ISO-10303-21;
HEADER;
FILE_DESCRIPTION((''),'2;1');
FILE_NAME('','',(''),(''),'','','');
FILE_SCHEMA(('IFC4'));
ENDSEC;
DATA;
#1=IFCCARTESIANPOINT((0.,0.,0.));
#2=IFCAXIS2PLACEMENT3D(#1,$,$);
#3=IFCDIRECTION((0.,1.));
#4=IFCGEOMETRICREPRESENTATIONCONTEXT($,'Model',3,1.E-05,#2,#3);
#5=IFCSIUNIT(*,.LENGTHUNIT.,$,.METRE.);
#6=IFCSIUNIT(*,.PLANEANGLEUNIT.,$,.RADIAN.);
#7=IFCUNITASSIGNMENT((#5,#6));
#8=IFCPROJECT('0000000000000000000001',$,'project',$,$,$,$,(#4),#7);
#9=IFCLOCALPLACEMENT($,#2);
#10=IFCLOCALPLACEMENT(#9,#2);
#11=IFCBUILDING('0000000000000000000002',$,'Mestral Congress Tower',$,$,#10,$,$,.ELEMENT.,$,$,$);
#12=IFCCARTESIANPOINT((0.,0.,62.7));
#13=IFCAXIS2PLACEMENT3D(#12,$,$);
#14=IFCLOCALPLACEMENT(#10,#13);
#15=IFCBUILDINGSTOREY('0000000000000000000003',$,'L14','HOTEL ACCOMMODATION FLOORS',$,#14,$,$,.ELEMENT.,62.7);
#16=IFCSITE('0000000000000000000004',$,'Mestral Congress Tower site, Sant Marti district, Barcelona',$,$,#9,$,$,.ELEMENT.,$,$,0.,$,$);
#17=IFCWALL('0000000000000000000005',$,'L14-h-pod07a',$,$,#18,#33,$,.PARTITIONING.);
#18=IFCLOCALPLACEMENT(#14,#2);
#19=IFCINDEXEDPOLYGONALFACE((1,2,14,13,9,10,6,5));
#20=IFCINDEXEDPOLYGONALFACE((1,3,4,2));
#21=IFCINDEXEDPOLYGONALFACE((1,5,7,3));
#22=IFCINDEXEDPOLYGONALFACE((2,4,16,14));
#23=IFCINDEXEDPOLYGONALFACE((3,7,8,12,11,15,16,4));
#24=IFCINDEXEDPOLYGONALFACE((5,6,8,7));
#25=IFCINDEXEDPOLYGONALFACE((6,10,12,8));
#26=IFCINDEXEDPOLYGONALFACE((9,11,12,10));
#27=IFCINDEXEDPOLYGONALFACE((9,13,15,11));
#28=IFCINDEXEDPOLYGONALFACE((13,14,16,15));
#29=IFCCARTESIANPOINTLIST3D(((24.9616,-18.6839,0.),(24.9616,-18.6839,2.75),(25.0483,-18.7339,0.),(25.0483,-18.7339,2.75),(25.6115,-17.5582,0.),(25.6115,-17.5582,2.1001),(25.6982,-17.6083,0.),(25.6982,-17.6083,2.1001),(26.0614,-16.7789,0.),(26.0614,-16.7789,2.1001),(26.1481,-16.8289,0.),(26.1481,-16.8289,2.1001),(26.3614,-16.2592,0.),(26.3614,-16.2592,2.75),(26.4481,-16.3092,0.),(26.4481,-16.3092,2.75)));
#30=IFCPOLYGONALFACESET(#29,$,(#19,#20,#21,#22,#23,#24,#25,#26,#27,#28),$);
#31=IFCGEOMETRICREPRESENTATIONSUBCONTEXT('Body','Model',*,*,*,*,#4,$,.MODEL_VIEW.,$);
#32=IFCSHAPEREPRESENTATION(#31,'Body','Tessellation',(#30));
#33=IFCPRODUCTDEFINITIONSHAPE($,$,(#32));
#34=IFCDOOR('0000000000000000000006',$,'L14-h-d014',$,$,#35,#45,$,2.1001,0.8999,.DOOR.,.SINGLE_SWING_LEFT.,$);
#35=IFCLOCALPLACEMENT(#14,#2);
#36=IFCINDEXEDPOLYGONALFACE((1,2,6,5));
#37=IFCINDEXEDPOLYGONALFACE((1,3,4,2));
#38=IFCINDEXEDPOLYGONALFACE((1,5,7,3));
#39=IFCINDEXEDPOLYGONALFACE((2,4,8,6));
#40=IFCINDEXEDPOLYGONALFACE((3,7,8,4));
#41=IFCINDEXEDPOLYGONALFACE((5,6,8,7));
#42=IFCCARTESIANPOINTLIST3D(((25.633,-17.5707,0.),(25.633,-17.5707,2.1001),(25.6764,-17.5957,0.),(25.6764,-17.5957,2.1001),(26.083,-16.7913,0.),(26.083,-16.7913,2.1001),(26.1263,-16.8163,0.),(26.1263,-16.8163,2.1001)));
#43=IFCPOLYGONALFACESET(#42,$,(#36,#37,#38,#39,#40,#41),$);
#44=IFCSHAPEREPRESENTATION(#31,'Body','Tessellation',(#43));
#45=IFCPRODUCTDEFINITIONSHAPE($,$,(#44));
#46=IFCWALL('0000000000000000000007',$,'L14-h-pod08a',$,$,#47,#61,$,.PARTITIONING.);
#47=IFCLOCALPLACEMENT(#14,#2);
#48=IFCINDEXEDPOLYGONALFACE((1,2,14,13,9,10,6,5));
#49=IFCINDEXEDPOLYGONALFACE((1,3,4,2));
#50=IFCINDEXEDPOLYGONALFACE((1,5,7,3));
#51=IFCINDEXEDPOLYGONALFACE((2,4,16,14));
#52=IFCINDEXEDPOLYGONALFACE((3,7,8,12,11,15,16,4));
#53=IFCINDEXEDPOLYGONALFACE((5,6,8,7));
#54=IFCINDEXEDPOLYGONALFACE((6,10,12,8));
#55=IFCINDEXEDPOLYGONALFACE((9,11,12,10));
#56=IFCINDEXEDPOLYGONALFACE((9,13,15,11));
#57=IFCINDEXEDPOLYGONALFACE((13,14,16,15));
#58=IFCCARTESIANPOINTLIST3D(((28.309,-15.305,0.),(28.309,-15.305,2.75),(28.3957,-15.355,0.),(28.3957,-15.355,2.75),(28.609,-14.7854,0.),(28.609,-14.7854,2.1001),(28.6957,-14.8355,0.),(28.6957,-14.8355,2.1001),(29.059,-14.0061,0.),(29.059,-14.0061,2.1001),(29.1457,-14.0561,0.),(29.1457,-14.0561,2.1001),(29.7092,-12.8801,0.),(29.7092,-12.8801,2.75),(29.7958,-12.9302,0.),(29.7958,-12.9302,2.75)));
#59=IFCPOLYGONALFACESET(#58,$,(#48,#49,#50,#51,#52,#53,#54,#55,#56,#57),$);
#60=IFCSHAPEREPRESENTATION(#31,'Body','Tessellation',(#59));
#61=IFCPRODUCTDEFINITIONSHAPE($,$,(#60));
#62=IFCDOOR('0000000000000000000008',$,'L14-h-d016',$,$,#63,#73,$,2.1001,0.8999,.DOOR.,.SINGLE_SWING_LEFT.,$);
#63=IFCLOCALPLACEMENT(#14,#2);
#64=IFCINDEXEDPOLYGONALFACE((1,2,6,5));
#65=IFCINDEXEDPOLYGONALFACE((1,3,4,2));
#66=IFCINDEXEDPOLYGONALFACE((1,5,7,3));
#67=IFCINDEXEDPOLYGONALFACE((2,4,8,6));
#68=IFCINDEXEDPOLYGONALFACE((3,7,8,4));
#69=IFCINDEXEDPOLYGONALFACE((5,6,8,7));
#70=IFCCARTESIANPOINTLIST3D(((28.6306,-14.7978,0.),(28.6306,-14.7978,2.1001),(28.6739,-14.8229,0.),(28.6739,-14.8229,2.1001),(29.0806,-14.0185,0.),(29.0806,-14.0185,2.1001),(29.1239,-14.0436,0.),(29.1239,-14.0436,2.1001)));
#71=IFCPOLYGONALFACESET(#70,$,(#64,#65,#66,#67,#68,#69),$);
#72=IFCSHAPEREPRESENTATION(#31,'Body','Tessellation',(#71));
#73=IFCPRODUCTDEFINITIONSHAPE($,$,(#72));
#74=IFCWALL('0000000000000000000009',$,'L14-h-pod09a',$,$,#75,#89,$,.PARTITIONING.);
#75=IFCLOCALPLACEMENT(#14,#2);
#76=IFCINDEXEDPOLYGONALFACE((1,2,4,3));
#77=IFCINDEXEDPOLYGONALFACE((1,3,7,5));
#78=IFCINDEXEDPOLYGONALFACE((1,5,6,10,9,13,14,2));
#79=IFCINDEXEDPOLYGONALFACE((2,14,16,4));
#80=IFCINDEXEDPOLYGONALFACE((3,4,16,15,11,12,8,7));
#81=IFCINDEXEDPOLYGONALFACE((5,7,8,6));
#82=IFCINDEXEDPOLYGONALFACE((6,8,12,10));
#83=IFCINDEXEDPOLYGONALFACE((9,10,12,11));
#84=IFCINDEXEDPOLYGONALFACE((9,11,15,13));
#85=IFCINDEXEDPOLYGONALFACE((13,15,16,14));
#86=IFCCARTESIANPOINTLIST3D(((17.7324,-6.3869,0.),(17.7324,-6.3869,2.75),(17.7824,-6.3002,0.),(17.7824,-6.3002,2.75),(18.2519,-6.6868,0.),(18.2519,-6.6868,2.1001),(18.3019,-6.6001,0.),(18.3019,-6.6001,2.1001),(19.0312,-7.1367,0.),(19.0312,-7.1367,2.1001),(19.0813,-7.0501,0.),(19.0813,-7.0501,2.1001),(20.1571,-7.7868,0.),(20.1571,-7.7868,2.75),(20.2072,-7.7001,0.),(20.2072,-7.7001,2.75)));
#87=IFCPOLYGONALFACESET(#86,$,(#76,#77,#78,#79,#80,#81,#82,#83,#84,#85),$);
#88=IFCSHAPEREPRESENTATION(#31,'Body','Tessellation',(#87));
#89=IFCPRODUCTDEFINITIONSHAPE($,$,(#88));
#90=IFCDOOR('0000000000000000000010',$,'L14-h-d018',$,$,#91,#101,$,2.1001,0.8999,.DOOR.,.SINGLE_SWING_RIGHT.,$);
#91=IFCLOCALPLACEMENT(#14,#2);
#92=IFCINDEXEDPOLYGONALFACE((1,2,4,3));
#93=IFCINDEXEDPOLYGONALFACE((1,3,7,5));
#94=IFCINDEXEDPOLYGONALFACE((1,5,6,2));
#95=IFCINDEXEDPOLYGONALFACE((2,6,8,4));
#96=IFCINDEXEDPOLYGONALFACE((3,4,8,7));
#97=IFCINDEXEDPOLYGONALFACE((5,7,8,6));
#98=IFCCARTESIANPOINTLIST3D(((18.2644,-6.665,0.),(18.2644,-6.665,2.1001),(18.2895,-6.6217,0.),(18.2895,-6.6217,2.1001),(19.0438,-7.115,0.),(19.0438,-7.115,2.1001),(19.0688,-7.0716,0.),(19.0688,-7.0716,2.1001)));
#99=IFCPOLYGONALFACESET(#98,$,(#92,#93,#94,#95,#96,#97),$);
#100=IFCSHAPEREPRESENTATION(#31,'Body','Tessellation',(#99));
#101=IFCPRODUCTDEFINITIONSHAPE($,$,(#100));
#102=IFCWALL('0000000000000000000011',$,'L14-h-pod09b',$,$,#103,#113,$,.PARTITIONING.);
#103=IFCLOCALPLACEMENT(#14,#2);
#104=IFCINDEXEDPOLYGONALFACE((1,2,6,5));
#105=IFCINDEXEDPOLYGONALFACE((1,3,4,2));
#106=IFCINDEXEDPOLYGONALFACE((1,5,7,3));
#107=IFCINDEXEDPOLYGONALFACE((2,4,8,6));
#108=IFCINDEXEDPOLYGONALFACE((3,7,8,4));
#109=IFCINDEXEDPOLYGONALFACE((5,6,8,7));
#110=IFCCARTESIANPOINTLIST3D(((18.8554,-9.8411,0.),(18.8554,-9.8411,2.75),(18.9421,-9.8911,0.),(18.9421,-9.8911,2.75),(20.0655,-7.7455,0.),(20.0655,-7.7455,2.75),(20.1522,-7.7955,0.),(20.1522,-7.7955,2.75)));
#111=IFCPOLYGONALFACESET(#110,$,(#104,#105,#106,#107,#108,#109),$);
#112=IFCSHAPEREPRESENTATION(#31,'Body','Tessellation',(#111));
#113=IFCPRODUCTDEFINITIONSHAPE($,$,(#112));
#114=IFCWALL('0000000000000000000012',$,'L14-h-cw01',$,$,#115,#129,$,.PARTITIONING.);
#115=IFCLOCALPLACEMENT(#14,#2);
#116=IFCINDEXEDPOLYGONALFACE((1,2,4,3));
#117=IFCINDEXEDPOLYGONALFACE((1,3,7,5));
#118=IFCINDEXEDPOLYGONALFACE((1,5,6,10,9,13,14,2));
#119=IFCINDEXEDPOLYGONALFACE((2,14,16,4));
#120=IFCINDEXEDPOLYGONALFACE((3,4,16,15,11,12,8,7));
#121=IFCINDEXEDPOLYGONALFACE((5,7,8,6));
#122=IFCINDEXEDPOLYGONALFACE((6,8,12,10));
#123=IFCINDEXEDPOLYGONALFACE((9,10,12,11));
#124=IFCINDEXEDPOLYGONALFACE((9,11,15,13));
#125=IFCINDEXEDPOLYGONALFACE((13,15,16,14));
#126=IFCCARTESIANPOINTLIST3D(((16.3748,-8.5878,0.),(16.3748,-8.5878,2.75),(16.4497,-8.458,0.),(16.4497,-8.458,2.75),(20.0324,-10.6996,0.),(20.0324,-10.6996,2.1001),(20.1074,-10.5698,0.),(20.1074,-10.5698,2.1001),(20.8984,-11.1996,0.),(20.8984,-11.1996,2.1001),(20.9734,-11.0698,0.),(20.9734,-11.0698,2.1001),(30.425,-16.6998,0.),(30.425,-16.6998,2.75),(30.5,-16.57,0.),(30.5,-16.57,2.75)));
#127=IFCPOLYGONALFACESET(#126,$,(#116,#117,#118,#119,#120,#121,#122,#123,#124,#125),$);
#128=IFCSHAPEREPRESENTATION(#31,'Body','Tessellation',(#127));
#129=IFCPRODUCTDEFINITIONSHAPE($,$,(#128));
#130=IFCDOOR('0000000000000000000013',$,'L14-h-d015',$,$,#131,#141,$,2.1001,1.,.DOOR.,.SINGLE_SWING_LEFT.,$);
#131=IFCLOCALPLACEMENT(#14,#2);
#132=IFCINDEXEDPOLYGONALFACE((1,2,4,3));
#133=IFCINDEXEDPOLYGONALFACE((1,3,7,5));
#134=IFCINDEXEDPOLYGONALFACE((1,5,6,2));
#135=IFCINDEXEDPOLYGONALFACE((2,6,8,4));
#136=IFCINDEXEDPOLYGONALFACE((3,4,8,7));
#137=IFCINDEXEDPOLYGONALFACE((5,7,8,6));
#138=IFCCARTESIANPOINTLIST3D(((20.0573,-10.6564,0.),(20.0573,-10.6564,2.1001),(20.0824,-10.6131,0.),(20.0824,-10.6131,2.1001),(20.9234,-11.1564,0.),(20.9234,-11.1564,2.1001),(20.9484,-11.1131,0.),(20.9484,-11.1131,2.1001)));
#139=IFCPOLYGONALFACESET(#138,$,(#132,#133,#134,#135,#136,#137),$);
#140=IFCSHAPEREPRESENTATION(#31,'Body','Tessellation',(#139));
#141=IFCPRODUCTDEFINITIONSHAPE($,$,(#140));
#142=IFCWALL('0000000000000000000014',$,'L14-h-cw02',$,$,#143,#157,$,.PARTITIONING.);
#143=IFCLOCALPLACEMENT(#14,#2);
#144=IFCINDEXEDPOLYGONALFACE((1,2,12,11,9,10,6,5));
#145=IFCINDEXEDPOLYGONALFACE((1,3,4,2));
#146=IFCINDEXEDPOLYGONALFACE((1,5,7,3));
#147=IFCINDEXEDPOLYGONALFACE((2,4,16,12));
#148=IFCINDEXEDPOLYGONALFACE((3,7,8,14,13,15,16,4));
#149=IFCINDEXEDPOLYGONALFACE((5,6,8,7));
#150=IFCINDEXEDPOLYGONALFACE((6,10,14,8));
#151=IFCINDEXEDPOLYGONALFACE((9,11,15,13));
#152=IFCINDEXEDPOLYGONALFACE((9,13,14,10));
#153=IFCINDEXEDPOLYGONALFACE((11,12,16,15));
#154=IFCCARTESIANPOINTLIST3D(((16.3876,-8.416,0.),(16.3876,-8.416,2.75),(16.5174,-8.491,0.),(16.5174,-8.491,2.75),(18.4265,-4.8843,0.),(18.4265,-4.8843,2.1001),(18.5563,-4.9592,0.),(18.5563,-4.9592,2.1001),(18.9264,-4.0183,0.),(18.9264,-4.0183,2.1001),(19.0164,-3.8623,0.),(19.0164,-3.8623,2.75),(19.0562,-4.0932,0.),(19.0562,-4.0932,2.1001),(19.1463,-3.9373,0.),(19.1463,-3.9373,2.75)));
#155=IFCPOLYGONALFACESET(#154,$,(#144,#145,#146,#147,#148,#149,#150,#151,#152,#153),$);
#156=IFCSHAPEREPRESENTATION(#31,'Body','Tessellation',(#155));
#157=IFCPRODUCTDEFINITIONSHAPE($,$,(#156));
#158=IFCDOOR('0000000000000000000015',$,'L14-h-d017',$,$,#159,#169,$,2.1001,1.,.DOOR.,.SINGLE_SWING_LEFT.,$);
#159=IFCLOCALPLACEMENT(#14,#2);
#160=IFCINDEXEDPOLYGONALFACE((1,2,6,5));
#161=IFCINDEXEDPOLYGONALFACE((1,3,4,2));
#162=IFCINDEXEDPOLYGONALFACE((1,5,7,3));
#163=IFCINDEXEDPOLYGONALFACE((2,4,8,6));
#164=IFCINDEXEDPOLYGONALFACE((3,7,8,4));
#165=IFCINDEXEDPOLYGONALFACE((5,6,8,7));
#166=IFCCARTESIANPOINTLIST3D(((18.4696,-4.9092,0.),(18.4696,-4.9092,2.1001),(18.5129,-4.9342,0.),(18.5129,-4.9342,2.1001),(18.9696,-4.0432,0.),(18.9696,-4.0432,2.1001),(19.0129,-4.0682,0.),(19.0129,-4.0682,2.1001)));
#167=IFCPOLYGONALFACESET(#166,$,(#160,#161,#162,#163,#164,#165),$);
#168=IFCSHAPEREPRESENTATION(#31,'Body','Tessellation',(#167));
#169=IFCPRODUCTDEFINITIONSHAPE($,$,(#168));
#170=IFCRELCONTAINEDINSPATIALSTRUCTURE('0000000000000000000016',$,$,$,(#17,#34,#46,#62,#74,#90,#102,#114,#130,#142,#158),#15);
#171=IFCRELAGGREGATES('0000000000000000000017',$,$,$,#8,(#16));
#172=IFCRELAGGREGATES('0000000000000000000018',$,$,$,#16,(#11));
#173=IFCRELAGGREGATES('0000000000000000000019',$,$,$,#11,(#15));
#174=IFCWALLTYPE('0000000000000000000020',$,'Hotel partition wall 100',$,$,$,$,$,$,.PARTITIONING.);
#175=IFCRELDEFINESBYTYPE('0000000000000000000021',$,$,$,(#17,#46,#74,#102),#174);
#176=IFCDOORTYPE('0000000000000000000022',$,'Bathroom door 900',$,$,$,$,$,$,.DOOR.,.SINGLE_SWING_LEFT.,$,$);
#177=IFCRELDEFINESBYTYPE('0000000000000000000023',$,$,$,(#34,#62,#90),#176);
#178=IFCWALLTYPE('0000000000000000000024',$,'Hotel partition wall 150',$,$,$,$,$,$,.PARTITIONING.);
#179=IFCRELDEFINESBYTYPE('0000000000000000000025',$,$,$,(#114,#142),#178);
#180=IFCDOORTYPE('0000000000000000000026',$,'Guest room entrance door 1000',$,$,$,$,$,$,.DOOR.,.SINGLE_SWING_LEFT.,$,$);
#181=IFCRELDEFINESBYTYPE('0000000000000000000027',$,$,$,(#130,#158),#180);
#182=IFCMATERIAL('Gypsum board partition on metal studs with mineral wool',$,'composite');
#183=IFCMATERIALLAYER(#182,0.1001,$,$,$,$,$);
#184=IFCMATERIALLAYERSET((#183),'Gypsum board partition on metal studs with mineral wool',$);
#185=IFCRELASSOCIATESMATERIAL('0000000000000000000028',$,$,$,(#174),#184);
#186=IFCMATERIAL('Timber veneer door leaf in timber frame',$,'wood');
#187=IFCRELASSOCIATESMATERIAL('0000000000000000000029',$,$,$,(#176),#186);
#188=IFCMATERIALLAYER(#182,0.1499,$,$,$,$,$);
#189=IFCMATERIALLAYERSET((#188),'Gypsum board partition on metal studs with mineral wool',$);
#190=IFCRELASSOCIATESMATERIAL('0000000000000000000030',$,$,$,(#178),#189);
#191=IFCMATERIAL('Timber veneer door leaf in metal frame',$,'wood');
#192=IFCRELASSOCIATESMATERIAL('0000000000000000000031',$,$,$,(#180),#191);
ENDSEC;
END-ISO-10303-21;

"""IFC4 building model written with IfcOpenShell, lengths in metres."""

from ifc_helpers import new_model, si_unit, direction, frame, frame_2d, origin, place, context, subcontext, project, spatial, rectangle, extrude, material, layer, layer_set, type_object, element, fill, save


model = new_model("IFC4")

# Units and contexts
model_context = context("Model", 3, precision=1e-05, world=origin(), true_north=direction((0.0, 1.0)))
body_context = subcontext(model_context, "Body", "Model", "MODEL_VIEW")
ifc_project = project(units=[si_unit("LENGTHUNIT", "METRE"), si_unit("PLANEANGLEUNIT", "RADIAN")], contexts=[model_context])

# Site, building, storey
site_placement = place(None, origin())
site = spatial("IfcSite", under=ifc_project, at=site_placement, Name="Mestral Congress Tower site, Sant Marti district, Barcelona", CompositionType="ELEMENT", RefElevation=0.0)
building_placement = place(site_placement, origin())
building = spatial("IfcBuilding", under=site, at=building_placement, Name="Mestral Congress Tower", CompositionType="ELEMENT")
storey_placement = place(building_placement, frame((0.0, 0.0, 62.7)))
storey = spatial("IfcBuildingStorey", under=building, at=storey_placement, Name="L14", Description="HOTEL ACCOMMODATION FLOORS", CompositionType="ELEMENT", Elevation=62.7)

# Shared definitions
ifc_material_1 = material(Name="Gypsum board partition on metal studs with mineral wool", Category="composite")
ifc_layer_1 = layer(ifc_material_1, 0.1001)
ifc_layer_set_1 = layer_set([ifc_layer_1], Name="Gypsum board partition on metal studs with mineral wool")
wall_type_1 = type_object("IfcWallType", Name="Hotel partition wall 100", PredefinedType="PARTITIONING", material=ifc_layer_set_1)
ifc_material_2 = material(Name="Timber veneer door leaf in timber frame", Category="wood")
door_type_1 = type_object("IfcDoorType", Name="Bathroom door 900", OperationType="SINGLE_SWING_LEFT", PredefinedType="DOOR", material=ifc_material_2)

# Walls, openings, doors
wall_1_placement = place(storey_placement, frame((26.4048, -16.2842, 0.0), z_axis=(0.0, 0.0, 1.0), x_axis=(-0.499984, -0.866035, 0.0)))
wall_1 = element("IfcWall", 1, at=wall_1_placement, inside=storey, type_object=wall_type_1, Name="L14-h-pod07a", PredefinedType="PARTITIONING", context=body_context, shape_type="SweptSolid", body=[
    extrude(rectangle(XDim=2.7998, YDim=0.1001, at=frame_2d((1.3999, 0.0))), origin(), (0.0, 0.0, 1.0), 2.75),
])
opening_1_placement = place(wall_1_placement, frame((0.6001, 0.0, 0.0)))
opening_1 = element("IfcOpeningElement", 2, at=opening_1_placement, cuts=wall_1, PredefinedType="OPENING", context=body_context, shape_type="SweptSolid", body=[
    extrude(rectangle(XDim=0.8999, YDim=2.1001, at=frame_2d((0.45, 1.05))), frame((0.0, 0.0601, 0.0), z_axis=(0.0, -1.0, 0.0), x_axis=(1.0, 0.0, 0.0)), (0.0, 0.0, 1.0), 0.1201),
])
door_1_placement = place(opening_1_placement, origin())
door_1 = element("IfcDoor", 3, at=door_1_placement, inside=storey, type_object=door_type_1, Name="L14-h-d014", OperationType="SINGLE_SWING_LEFT", OverallHeight=2.1001, OverallWidth=0.8999, PredefinedType="DOOR", context=body_context, shape_type="SweptSolid", body=[
    extrude(rectangle(XDim=0.8999, YDim=2.1001, at=frame_2d((0.45, 1.05))), frame((0.0, 0.0249, 0.0), z_axis=(0.0, -1.0, 0.0), x_axis=(1.0, 0.0, 0.0)), (0.0, 0.0, 1.0), 0.05),
])
fill(opening_1, door_1)
wall_2_placement = place(storey_placement, frame((29.7524, -12.9053, 0.0), z_axis=(0.0, 0.0, 1.0), x_axis=(-0.50005, -0.865997, 0.0)))
wall_2 = element("IfcWall", 4, at=wall_2_placement, inside=storey, type_object=wall_type_1, Name="L14-h-pod08a", PredefinedType="PARTITIONING", context=body_context, shape_type="SweptSolid", body=[
    extrude(rectangle(XDim=2.8, YDim=0.1001, at=frame_2d((1.3999, 0.0))), origin(), (0.0, 0.0, 1.0), 2.75),
])
opening_2_placement = place(wall_2_placement, frame((1.3, 0.0, 0.0)))
opening_2 = element("IfcOpeningElement", 5, at=opening_2_placement, cuts=wall_2, PredefinedType="OPENING", context=body_context, shape_type="SweptSolid", body=[
    extrude(rectangle(XDim=0.8999, YDim=2.1001, at=frame_2d((0.45, 1.05))), frame((0.0, 0.0601, 0.0), z_axis=(0.0, -1.0, 0.0), x_axis=(1.0, 0.0, 0.0)), (0.0, 0.0, 1.0), 0.1201),
])
door_2_placement = place(opening_2_placement, origin())
door_2 = element("IfcDoor", 6, at=door_2_placement, inside=storey, type_object=door_type_1, Name="L14-h-d016", OperationType="SINGLE_SWING_LEFT", OverallHeight=2.1001, OverallWidth=0.8999, PredefinedType="DOOR", context=body_context, shape_type="SweptSolid", body=[
    extrude(rectangle(XDim=0.8999, YDim=2.1001, at=frame_2d((0.45, 1.05))), frame((0.0, 0.0249, 0.0), z_axis=(0.0, -1.0, 0.0), x_axis=(1.0, 0.0, 0.0)), (0.0, 0.0, 1.0), 0.05),
])
fill(opening_2, door_2)
wall_3_placement = place(storey_placement, frame((20.1821, -7.7434, 0.0), z_axis=(0.0, 0.0, 1.0), x_axis=(-0.866035, 0.499984, 0.0)))
wall_3 = element("IfcWall", 7, at=wall_3_placement, inside=storey, type_object=wall_type_1, Name="L14-h-pod09a", PredefinedType="PARTITIONING", context=body_context, shape_type="SweptSolid", body=[
    extrude(rectangle(XDim=2.7998, YDim=0.1001, at=frame_2d((1.3999, 0.0))), origin(), (0.0, 0.0, 1.0), 2.75),
])
opening_3_placement = place(wall_3_placement, frame((1.3, 0.0, 0.0)))
opening_3 = element("IfcOpeningElement", 8, at=opening_3_placement, cuts=wall_3, PredefinedType="OPENING", context=body_context, shape_type="SweptSolid", body=[
    extrude(rectangle(XDim=0.8999, YDim=2.1001, at=frame_2d((0.45, 1.05))), frame((0.0, 0.0601, 0.0), z_axis=(0.0, -1.0, 0.0), x_axis=(1.0, 0.0, 0.0)), (0.0, 0.0, 1.0), 0.1201),
])
door_3_placement = place(opening_3_placement, origin())
door_3 = element("IfcDoor", 9, at=door_3_placement, inside=storey, type_object=door_type_1, Name="L14-h-d018", OperationType="SINGLE_SWING_RIGHT", OverallHeight=2.1001, OverallWidth=0.8999, PredefinedType="DOOR", context=body_context, shape_type="SweptSolid", body=[
    extrude(rectangle(XDim=0.8999, YDim=2.1001, at=frame_2d((0.45, 1.05))), frame((0.0, 0.0249, 0.0), z_axis=(0.0, -1.0, 0.0), x_axis=(1.0, 0.0, 0.0)), (0.0, 0.0, 1.0), 0.05),
])
fill(opening_3, door_3)

# Wall
wall_4_placement = place(storey_placement, frame((20.1089, -7.7705, 0.0), z_axis=(0.0, 0.0, 1.0), x_axis=(-0.500078, -0.865981, 0.0)))
element("IfcWall", 10, at=wall_4_placement, inside=storey, type_object=wall_type_1, Name="L14-h-pod09b", PredefinedType="PARTITIONING", context=body_context, shape_type="SweptSolid", body=[
    extrude(rectangle(XDim=2.4199, YDim=0.1001, at=frame_2d((1.21, 0.0))), origin(), (0.0, 0.0, 1.0), 2.75),
])

# Walls, openings, doors
ifc_layer_2 = layer(ifc_material_1, 0.1499)
ifc_layer_set_2 = layer_set([ifc_layer_2], Name="Gypsum board partition on metal studs with mineral wool")
wall_type_2 = type_object("IfcWallType", Name="Hotel partition wall 150", PredefinedType="PARTITIONING", material=ifc_layer_set_2)
wall_5_placement = place(storey_placement, frame((16.4124, -8.5229, 0.0), z_axis=(0.0, 0.0, 1.0), x_axis=(0.866022, -0.500006, 0.0)))
wall_5 = element("IfcWall", 11, at=wall_5_placement, inside=storey, type_object=wall_type_2, Name="L14-h-cw01", PredefinedType="PARTITIONING", context=body_context, shape_type="SweptSolid", body=[
    extrude(rectangle(XDim=16.2239, YDim=0.1499, at=frame_2d((8.1118, 0.0))), origin(), (0.0, 0.0, 1.0), 2.75),
])
opening_4_placement = place(wall_5_placement, frame((4.2234, 0.0, 0.0)))
opening_4 = element("IfcOpeningElement", 12, at=opening_4_placement, cuts=wall_5, PredefinedType="OPENING", context=body_context, shape_type="SweptSolid", body=[
    extrude(rectangle(XDim=1.0, YDim=2.1001, at=frame_2d((0.5, 1.05))), frame((0.0, 0.085, 0.0), z_axis=(0.0, -1.0, 0.0), x_axis=(1.0, 0.0, 0.0)), (0.0, 0.0, 1.0), 0.1699),
])
ifc_material_3 = material(Name="Timber veneer door leaf in metal frame", Category="wood")
door_type_2 = type_object("IfcDoorType", Name="Guest room entrance door 1000", OperationType="SINGLE_SWING_LEFT", PredefinedType="DOOR", material=ifc_material_3)
door_4_placement = place(opening_4_placement, origin())
door_4 = element("IfcDoor", 13, at=door_4_placement, inside=storey, type_object=door_type_2, Name="L14-h-d015", OperationType="SINGLE_SWING_LEFT", OverallHeight=2.1001, OverallWidth=1.0, PredefinedType="DOOR", context=body_context, shape_type="SweptSolid", body=[
    extrude(rectangle(XDim=1.0, YDim=2.1001, at=frame_2d((0.5, 1.05))), frame((0.0, 0.0249, 0.0), z_axis=(0.0, -1.0, 0.0), x_axis=(1.0, 0.0, 0.0)), (0.0, 0.0, 1.0), 0.05),
])
fill(opening_4, door_4)
wall_6_placement = place(storey_placement, frame((19.0813, -3.8999, 0.0), z_axis=(0.0, 0.0, 1.0), x_axis=(-0.499974, -0.86604, 0.0)))
wall_6 = element("IfcWall", 14, at=wall_6_placement, inside=storey, type_object=wall_type_2, Name="L14-h-cw02", PredefinedType="PARTITIONING", context=body_context, shape_type="SweptSolid", body=[
    extrude(rectangle(XDim=5.2581, YDim=0.1499, at=frame_2d((2.6289, 0.0))), origin(), (0.0, 0.0, 1.0), 2.75),
])
opening_5_placement = place(wall_6_placement, frame((0.1799, 0.0, 0.0)))
opening_5 = element("IfcOpeningElement", 15, at=opening_5_placement, cuts=wall_6, PredefinedType="OPENING", context=body_context, shape_type="SweptSolid", body=[
    extrude(rectangle(XDim=1.0, YDim=2.1001, at=frame_2d((0.5, 1.05))), frame((0.0, 0.085, 0.0), z_axis=(0.0, -1.0, 0.0), x_axis=(1.0, 0.0, 0.0)), (0.0, 0.0, 1.0), 0.1699),
])
door_5_placement = place(opening_5_placement, origin())
door_5 = element("IfcDoor", 16, at=door_5_placement, inside=storey, type_object=door_type_2, Name="L14-h-d017", OperationType="SINGLE_SWING_LEFT", OverallHeight=2.1001, OverallWidth=1.0, PredefinedType="DOOR", context=body_context, shape_type="SweptSolid", body=[
    extrude(rectangle(XDim=1.0, YDim=2.1001, at=frame_2d((0.5, 1.05))), frame((0.0, 0.0249, 0.0), z_axis=(0.0, -1.0, 0.0), x_axis=(1.0, 0.0, 0.0)), (0.0, 0.0, 1.0), 0.05),
])
fill(opening_5, door_5)

save(model, "model.ifc")
